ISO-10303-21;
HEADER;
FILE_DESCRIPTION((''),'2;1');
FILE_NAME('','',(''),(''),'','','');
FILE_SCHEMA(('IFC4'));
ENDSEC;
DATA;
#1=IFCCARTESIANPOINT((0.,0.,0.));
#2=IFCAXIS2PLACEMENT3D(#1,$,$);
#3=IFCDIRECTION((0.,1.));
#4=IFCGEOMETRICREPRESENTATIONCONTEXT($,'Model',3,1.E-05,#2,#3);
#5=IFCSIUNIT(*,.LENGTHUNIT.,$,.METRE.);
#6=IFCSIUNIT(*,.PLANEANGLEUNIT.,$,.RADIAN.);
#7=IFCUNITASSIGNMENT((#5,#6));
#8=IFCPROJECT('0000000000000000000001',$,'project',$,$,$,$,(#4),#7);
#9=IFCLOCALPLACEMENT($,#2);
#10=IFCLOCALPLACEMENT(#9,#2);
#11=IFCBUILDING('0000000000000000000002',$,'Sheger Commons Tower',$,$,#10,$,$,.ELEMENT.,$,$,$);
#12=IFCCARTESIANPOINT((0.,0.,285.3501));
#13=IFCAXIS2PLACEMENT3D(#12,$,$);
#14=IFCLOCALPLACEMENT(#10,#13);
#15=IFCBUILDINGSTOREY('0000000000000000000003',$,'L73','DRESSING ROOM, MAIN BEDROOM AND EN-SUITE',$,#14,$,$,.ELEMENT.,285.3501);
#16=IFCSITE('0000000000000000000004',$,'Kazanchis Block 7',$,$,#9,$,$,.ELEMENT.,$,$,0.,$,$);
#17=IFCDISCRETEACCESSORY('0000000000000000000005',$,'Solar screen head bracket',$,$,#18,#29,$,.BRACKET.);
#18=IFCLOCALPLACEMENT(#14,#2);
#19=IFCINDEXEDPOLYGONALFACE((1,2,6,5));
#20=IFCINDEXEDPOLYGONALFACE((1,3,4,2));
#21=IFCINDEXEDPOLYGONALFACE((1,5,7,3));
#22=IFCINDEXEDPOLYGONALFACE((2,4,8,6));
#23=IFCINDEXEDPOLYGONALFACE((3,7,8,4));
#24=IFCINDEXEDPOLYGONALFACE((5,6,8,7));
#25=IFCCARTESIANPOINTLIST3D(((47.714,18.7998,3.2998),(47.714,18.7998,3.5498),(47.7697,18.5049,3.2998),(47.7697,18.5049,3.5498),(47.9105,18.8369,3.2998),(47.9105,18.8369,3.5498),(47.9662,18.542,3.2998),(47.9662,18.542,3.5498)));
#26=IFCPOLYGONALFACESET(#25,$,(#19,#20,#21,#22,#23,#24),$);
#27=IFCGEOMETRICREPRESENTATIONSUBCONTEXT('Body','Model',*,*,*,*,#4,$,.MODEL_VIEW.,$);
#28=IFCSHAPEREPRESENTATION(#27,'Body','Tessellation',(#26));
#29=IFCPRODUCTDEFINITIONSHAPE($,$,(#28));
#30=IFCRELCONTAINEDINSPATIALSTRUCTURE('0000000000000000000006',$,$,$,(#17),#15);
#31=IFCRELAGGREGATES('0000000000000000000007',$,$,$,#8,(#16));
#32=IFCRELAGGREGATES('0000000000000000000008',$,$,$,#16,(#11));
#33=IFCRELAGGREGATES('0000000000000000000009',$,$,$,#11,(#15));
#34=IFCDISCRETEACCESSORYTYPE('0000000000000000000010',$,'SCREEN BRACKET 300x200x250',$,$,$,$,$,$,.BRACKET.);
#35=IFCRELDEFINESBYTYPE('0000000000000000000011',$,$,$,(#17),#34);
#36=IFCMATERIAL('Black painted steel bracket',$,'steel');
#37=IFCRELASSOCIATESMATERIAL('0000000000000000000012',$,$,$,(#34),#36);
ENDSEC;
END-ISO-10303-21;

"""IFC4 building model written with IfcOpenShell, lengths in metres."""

from ifc_helpers import new_model, si_unit, direction, frame, origin, origin_2d, place, context, subcontext, project, spatial, rectangle, extrude, material, type_object, element, save


model = new_model("IFC4")

# Units and contexts
model_context = context("Model", 3, precision=1e-05, world=origin(), true_north=direction((0.0, 1.0)))
body_context = subcontext(model_context, "Body", "Model", "MODEL_VIEW")
ifc_project = project(units=[si_unit("LENGTHUNIT", "METRE"), si_unit("PLANEANGLEUNIT", "RADIAN")], contexts=[model_context])

# Site, building, storey
site_placement = place(None, origin())
site = spatial("IfcSite", under=ifc_project, at=site_placement, Name="Kazanchis Block 7", CompositionType="ELEMENT", RefElevation=0.0)
building_placement = place(site_placement, origin())
building = spatial("IfcBuilding", under=site, at=building_placement, Name="Sheger Commons Tower", CompositionType="ELEMENT")
storey_placement = place(building_placement, frame((0.0, 0.0, 285.3501)))
storey = spatial("IfcBuildingStorey", under=building, at=storey_placement, Name="L73", Description="DRESSING ROOM, MAIN BEDROOM AND EN-SUITE", CompositionType="ELEMENT", Elevation=285.3501)

# Discrete accessory
ifc_material_1 = material(Name="Black painted steel bracket", Category="steel")
discrete_accessory_type = type_object("IfcDiscreteAccessoryType", Name="SCREEN BRACKET 300x200x250", PredefinedType="BRACKET", material=ifc_material_1)
for number, where, z_axis, x_axis, name in (
    (1, (47.8401, 18.6709, 3.2998), (0.0, 0.0, 1.0), (-0.185615, 0.982623, 0.0), "Solar screen head bracket"),
):
    element("IfcDiscreteAccessory", number, at=place(storey_placement, frame(where, z_axis=z_axis, x_axis=x_axis)), inside=storey, type_object=discrete_accessory_type, Name=name, PredefinedType="BRACKET", context=body_context, shape_type="SweptSolid", body=[
        extrude(rectangle(XDim=0.3, YDim=0.2, at=origin_2d()), origin(), (0.0, 0.0, 1.0), 0.25),
    ])

save(model, "model.ifc")
